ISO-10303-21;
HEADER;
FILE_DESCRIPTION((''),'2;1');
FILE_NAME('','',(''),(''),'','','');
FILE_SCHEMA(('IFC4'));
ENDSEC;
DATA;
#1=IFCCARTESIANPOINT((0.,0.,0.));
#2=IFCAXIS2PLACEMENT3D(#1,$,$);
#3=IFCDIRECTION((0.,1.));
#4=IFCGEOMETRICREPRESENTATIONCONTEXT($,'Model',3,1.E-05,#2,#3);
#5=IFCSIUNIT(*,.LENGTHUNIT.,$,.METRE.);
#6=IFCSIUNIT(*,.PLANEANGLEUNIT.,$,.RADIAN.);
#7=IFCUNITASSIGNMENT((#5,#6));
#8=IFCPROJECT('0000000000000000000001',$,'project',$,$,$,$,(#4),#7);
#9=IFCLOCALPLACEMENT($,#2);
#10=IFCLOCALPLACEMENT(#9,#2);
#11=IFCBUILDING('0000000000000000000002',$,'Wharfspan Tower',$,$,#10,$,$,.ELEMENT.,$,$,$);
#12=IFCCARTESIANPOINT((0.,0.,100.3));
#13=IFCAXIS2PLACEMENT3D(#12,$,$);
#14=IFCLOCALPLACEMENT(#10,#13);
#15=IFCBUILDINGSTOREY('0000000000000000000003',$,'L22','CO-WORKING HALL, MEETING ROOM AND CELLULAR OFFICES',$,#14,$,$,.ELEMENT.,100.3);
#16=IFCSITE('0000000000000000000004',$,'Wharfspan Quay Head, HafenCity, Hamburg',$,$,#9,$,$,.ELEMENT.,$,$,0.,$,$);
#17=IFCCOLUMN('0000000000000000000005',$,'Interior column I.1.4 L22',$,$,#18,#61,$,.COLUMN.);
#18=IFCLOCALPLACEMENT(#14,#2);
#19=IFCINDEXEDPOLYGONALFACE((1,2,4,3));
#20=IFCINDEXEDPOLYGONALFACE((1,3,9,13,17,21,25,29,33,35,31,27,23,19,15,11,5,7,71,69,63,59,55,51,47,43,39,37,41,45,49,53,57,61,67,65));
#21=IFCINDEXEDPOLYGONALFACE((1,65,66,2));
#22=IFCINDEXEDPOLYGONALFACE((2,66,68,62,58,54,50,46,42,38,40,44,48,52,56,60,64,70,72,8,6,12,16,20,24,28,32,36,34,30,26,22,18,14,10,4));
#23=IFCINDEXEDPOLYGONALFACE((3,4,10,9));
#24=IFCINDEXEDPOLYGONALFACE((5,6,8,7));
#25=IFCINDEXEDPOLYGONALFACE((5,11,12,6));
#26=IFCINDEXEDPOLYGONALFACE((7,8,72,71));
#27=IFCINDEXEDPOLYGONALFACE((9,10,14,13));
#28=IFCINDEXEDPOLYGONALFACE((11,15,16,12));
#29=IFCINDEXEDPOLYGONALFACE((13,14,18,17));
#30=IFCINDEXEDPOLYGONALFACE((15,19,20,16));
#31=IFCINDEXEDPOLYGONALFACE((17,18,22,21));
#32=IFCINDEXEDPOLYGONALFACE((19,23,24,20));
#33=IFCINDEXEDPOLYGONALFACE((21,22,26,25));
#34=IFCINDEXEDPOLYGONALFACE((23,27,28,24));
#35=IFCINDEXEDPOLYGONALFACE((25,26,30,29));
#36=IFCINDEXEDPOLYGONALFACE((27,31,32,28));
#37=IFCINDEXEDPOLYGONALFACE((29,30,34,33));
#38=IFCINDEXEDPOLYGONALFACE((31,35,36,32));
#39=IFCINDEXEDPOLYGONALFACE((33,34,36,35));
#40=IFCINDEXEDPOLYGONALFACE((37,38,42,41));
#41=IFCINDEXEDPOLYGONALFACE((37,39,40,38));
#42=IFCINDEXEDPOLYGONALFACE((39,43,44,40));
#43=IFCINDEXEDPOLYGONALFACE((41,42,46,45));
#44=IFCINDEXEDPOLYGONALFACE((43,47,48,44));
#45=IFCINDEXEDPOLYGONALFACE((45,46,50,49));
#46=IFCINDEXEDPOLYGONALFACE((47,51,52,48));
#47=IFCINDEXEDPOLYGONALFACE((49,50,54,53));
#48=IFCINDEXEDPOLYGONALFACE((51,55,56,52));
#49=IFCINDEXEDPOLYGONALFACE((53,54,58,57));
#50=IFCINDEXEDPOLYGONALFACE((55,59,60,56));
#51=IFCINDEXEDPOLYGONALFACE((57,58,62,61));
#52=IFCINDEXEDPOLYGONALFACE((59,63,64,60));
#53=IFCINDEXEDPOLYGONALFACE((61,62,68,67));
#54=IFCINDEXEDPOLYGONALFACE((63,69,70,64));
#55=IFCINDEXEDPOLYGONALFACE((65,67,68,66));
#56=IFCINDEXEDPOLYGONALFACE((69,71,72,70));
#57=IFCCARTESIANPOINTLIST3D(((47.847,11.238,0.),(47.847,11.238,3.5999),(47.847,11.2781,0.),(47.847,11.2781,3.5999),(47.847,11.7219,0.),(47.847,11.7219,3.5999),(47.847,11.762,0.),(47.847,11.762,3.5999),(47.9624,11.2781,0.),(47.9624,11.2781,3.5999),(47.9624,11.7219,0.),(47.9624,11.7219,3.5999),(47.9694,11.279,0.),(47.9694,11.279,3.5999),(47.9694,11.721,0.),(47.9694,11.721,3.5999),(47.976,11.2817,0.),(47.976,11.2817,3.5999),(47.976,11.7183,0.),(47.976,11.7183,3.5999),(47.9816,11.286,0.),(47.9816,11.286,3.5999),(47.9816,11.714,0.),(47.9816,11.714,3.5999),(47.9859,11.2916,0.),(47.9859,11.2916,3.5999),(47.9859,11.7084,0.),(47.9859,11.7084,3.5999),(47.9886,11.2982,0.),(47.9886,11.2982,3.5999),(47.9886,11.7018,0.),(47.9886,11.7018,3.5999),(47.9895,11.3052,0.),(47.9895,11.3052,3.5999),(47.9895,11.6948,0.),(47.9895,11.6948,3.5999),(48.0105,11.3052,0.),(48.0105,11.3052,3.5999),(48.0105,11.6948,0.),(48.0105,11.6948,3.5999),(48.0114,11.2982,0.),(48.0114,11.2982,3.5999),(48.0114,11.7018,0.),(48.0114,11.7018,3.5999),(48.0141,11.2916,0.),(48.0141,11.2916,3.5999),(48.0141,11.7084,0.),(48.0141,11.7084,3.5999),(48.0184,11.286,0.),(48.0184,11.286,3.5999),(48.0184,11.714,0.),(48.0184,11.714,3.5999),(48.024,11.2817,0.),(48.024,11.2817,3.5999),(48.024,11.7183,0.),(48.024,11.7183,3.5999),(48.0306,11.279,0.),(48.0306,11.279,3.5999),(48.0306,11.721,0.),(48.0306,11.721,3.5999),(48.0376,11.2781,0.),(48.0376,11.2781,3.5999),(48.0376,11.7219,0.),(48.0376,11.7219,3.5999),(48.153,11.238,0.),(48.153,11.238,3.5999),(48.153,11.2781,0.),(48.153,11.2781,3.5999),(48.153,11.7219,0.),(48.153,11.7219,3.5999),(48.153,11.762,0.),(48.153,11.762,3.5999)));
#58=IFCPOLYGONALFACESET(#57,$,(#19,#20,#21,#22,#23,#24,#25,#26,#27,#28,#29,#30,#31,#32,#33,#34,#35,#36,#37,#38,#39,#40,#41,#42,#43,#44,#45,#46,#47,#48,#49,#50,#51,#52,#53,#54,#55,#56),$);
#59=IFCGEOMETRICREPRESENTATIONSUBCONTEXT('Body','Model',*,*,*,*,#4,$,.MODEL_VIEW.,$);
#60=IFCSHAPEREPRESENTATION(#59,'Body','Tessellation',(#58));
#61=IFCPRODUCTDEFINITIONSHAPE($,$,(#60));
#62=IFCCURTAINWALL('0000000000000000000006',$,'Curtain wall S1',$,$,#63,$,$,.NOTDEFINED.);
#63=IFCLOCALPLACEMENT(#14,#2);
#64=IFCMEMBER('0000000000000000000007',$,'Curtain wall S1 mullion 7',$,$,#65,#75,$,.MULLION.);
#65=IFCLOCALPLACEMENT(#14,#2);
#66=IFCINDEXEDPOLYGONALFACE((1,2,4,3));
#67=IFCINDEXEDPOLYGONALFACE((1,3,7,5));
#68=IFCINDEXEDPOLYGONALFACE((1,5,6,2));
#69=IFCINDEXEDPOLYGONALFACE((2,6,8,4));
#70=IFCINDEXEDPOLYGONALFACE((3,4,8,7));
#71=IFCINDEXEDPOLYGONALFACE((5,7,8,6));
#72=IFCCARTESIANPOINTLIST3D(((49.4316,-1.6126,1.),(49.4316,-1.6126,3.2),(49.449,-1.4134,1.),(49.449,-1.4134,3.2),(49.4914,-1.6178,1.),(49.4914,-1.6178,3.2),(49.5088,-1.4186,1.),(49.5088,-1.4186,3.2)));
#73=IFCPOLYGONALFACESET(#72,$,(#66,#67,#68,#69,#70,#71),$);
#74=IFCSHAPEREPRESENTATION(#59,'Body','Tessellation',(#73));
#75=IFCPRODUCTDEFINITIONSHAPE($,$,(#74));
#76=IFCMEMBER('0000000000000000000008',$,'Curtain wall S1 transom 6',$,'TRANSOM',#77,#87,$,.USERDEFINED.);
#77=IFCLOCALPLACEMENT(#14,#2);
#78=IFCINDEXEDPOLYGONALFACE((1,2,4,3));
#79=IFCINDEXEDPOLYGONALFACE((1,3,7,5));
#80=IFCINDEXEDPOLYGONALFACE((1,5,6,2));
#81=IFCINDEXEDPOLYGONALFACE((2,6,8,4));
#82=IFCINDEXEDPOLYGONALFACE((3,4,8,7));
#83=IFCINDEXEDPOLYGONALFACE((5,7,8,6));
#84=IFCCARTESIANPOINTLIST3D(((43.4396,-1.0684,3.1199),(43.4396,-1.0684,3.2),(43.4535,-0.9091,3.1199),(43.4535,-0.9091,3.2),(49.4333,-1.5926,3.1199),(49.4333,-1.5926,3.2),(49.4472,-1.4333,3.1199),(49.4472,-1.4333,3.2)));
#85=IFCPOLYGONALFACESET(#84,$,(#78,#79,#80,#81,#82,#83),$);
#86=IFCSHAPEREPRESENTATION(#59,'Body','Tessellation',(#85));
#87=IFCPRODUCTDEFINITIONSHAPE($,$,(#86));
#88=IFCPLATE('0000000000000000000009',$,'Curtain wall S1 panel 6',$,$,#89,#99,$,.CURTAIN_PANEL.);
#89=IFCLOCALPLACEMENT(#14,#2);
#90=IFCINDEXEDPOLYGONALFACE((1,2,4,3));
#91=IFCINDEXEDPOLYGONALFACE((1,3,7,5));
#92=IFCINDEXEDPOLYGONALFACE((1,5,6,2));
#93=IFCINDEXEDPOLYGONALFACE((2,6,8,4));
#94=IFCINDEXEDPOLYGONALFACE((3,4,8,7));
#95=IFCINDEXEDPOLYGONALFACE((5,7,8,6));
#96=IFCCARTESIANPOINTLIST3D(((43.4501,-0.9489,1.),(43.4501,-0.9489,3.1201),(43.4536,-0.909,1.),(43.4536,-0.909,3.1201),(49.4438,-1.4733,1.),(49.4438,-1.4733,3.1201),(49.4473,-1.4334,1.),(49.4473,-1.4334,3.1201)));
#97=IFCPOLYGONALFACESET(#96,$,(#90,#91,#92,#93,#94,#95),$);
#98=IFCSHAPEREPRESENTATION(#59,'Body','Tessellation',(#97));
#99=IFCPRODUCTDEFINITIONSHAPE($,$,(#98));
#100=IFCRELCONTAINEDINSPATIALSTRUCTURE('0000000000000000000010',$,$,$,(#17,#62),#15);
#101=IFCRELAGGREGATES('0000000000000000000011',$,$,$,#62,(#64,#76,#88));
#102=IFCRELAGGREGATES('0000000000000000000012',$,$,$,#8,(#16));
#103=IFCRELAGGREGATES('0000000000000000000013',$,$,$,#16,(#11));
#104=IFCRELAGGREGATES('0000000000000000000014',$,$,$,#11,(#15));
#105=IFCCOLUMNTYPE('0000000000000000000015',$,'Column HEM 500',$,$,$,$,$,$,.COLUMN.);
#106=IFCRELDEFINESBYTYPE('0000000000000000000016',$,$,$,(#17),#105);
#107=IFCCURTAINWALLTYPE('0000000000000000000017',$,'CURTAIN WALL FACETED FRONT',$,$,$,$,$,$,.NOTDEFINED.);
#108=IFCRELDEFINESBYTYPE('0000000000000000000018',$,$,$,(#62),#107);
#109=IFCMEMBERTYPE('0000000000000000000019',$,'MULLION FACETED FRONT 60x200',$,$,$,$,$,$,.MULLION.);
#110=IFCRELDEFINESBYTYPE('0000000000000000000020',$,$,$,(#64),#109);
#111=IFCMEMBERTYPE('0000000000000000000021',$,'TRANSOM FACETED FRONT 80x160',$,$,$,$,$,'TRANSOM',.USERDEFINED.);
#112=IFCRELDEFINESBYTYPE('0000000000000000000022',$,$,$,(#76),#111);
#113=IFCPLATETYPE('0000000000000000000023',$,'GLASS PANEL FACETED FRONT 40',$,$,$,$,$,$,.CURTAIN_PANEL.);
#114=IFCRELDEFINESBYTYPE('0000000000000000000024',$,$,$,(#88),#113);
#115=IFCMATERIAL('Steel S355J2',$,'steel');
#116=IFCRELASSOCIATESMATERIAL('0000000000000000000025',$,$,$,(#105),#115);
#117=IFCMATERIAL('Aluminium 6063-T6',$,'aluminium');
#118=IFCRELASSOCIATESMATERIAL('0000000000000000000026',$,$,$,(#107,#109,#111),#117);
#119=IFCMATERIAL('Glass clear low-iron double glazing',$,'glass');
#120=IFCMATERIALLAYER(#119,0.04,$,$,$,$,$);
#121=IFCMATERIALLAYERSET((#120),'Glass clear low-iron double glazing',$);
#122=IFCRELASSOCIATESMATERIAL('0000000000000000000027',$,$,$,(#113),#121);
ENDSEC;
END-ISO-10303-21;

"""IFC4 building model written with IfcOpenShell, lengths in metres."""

from ifc_helpers import new_model, si_unit, direction, frame, origin, origin_2d, place, context, subcontext, project, spatial, rectangle, i_section, extrude, material, layer, layer_set, material_profile, profile_set, type_object, element, aggregate, save


model = new_model("IFC4")

# Units and contexts
model_context = context("Model", 3, precision=1e-05, world=origin(), true_north=direction((0.0, 1.0)))
body_context = subcontext(model_context, "Body", "Model", "MODEL_VIEW")
ifc_project = project(units=[si_unit("LENGTHUNIT", "METRE"), si_unit("PLANEANGLEUNIT", "RADIAN")], contexts=[model_context])

# Site, building, storey
site_placement = place(None, origin())
site = spatial("IfcSite", under=ifc_project, at=site_placement, Name="Wharfspan Quay Head, HafenCity, Hamburg", CompositionType="ELEMENT", RefElevation=0.0)
building_placement = place(site_placement, origin())
building = spatial("IfcBuilding", under=site, at=building_placement, Name="Wharfspan Tower", CompositionType="ELEMENT")
storey_placement = place(building_placement, frame((0.0, 0.0, 100.3)))
storey = spatial("IfcBuildingStorey", under=building, at=storey_placement, Name="L22", Description="CO-WORKING HALL, MEETING ROOM AND CELLULAR OFFICES", CompositionType="ELEMENT", Elevation=100.3)

# Column
ifc_material_1 = material(Name="Steel S355J2", Category="steel")
ifc_material_profile_1 = material_profile(ifc_material_1, i_section(OverallWidth=0.3059, OverallDepth=0.5239, WebThickness=0.021, FlangeThickness=0.04, FilletRadius=0.0271, at=origin_2d()))
ifc_profile_set_1 = profile_set([ifc_material_profile_1], Name="Steel S355J2")
column_type = type_object("IfcColumnType", Name="Column HEM 500", PredefinedType="COLUMN", material=ifc_profile_set_1)
column_placement = place(storey_placement, frame((48.0, 11.5, 0.0), z_axis=(0.0, 0.0, 1.0), x_axis=(1.0, 0.0, 0.0)))
element("IfcColumn", 1, at=column_placement, inside=storey, type_object=column_type, Name="Interior column I.1.4 L22", PredefinedType="COLUMN", context=body_context, shape_type="SweptSolid", body=[
    extrude(i_section(OverallWidth=0.3059, OverallDepth=0.5239, WebThickness=0.021, FlangeThickness=0.04, FilletRadius=0.0271, at=origin_2d()), origin(), (0.0, 0.0, 1.0), 3.5999),
])

# Curtain wall, members, plate
ifc_material_2 = material(Name="Aluminium 6063-T6", Category="aluminium")
curtain_wall_type = type_object("IfcCurtainWallType", Name="CURTAIN WALL FACETED FRONT", PredefinedType="NOTDEFINED", material=ifc_material_2)
curtain_wall_placement = place(storey_placement, origin())
curtain_wall = element("IfcCurtainWall", 2, at=curtain_wall_placement, inside=storey, type_object=curtain_wall_type, Name="Curtain wall S1", PredefinedType="NOTDEFINED")
ifc_material_profile_2 = material_profile(ifc_material_2, rectangle(XDim=0.2, YDim=0.0601, at=origin_2d()))
ifc_profile_set_2 = profile_set([ifc_material_profile_2], Name="Aluminium 6063-T6")
member_type_1 = type_object("IfcMemberType", Name="MULLION FACETED FRONT 60x200", PredefinedType="MULLION", material=ifc_profile_set_2)
member_1_placement = place(storey_placement, frame((49.4702, -1.5156, 1.0), z_axis=(0.0, 0.0, 1.0), x_axis=(0.087156, 0.996198, 0.0)))
member_1 = element("IfcMember", 3, at=member_1_placement, type_object=member_type_1, Name="Curtain wall S1 mullion 7", PredefinedType="MULLION", context=body_context, shape_type="SweptSolid", body=[
    extrude(rectangle(XDim=0.2, YDim=0.0601, at=origin_2d()), origin(), (0.0, 0.0, 1.0), 2.2),
])
ifc_material_profile_3 = material_profile(ifc_material_2, rectangle(XDim=0.1599, YDim=0.0801, at=origin_2d()))
ifc_profile_set_3 = profile_set([ifc_material_profile_3], Name="Aluminium 6063-T6")
member_type_2 = type_object("IfcMemberType", Name="TRANSOM FACETED FRONT 80x160", ElementType="TRANSOM", PredefinedType="USERDEFINED", material=ifc_profile_set_3)
member_2_placement = place(storey_placement, frame((43.4465, -0.9888, 3.1599), z_axis=(0.996198, -0.087122, 0.0), x_axis=(0.087122, 0.996198, 0.0)))
member_2 = element("IfcMember", 4, at=member_2_placement, type_object=member_type_2, Name="Curtain wall S1 transom 6", ObjectType="TRANSOM", PredefinedType="USERDEFINED", context=body_context, shape_type="SweptSolid", body=[
    extrude(rectangle(XDim=0.1599, YDim=0.0801, at=origin_2d()), origin(), (0.0, 0.0, 1.0), 6.0166),
])
ifc_material_3 = material(Name="Glass clear low-iron double glazing", Category="glass")
ifc_layer_1 = layer(ifc_material_3, 0.04)
ifc_layer_set_1 = layer_set([ifc_layer_1], Name="Glass clear low-iron double glazing")
plate_type = type_object("IfcPlateType", Name="GLASS PANEL FACETED FRONT 40", PredefinedType="CURTAIN_PANEL", material=ifc_layer_set_1)
plate_placement = place(storey_placement, frame((46.4487, -1.1912, 1.0), z_axis=(0.0, 0.0, 1.0), x_axis=(0.996198, -0.087156, 0.0)))
plate = element("IfcPlate", 5, at=plate_placement, type_object=plate_type, Name="Curtain wall S1 panel 6", PredefinedType="CURTAIN_PANEL", context=body_context, shape_type="SweptSolid", body=[
    extrude(rectangle(XDim=6.0166, YDim=0.04, at=origin_2d()), origin(), (0.0, 0.0, 1.0), 2.1201),
])
aggregate(curtain_wall, [member_1, member_2, plate])

save(model, "model.ifc")
